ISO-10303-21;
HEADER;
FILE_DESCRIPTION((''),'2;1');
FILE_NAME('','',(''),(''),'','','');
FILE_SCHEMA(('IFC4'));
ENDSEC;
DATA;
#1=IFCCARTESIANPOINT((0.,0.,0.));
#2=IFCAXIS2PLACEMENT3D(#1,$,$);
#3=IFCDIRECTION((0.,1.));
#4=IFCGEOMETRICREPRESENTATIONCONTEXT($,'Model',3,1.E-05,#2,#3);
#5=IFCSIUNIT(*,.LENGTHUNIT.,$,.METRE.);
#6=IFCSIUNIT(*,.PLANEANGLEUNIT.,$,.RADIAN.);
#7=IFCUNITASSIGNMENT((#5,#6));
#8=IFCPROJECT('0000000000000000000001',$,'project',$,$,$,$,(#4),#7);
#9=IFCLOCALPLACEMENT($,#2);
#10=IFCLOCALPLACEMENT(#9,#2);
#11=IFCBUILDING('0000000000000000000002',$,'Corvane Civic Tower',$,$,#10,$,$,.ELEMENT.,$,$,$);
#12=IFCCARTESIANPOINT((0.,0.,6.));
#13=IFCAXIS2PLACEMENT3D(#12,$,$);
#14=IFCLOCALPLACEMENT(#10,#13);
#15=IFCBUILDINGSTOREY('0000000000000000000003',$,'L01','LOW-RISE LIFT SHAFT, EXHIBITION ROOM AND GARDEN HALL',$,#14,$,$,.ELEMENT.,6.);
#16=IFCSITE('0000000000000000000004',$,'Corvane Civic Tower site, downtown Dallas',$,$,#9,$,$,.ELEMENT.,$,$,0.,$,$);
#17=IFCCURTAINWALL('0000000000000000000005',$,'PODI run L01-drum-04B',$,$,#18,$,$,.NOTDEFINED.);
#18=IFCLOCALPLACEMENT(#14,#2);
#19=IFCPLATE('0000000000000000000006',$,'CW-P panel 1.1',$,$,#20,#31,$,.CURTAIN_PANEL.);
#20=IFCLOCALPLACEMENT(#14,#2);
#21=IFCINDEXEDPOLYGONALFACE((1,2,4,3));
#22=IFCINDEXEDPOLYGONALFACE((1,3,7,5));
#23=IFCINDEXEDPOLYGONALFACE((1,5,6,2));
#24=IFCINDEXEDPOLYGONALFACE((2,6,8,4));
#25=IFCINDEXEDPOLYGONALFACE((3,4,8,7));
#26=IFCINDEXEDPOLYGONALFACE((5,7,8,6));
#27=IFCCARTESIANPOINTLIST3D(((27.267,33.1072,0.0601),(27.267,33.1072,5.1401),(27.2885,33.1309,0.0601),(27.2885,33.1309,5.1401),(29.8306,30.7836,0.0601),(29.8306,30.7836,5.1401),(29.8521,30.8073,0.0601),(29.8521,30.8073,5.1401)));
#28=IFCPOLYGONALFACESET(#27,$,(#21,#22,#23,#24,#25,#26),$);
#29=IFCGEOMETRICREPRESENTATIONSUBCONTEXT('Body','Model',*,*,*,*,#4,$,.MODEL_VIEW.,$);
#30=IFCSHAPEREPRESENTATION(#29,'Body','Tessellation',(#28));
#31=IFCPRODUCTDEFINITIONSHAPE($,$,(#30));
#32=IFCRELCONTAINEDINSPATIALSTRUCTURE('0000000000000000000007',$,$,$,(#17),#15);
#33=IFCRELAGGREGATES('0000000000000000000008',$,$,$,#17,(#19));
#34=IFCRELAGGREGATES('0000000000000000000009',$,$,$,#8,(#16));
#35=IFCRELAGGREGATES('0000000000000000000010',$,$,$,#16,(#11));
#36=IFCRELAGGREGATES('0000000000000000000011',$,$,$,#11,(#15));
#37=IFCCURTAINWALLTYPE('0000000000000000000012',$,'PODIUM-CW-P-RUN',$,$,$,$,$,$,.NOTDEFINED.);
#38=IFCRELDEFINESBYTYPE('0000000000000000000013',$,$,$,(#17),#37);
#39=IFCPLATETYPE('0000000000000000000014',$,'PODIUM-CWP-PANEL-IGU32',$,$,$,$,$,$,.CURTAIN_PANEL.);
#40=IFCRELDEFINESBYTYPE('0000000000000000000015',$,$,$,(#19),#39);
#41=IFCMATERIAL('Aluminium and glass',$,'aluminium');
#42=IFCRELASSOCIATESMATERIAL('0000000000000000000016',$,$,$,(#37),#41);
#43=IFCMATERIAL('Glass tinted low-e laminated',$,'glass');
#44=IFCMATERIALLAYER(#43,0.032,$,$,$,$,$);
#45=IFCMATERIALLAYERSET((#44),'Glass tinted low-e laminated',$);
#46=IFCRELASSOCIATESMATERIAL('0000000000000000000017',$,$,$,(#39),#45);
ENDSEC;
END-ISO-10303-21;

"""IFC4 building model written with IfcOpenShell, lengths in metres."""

from ifc_helpers import new_model, si_unit, direction, frame, origin, origin_2d, place, context, subcontext, project, spatial, rectangle, extrude, material, layer, layer_set, type_object, element, aggregate, save


model = new_model("IFC4")

# Units and contexts
model_context = context("Model", 3, precision=1e-05, world=origin(), true_north=direction((0.0, 1.0)))
body_context = subcontext(model_context, "Body", "Model", "MODEL_VIEW")
ifc_project = project(units=[si_unit("LENGTHUNIT", "METRE"), si_unit("PLANEANGLEUNIT", "RADIAN")], contexts=[model_context])

# Site, building, storey
site_placement = place(None, origin())
site = spatial("IfcSite", under=ifc_project, at=site_placement, Name="Corvane Civic Tower site, downtown Dallas", CompositionType="ELEMENT", RefElevation=0.0)
building_placement = place(site_placement, origin())
building = spatial("IfcBuilding", under=site, at=building_placement, Name="Corvane Civic Tower", CompositionType="ELEMENT")
storey_placement = place(building_placement, frame((0.0, 0.0, 6.0)))
storey = spatial("IfcBuildingStorey", under=building, at=storey_placement, Name="L01", Description="LOW-RISE LIFT SHAFT, EXHIBITION ROOM AND GARDEN HALL", CompositionType="ELEMENT", Elevation=6.0)

# Shared definitions
ifc_material_1 = material(Name="Aluminium and glass", Category="aluminium")
curtain_wall_type = type_object("IfcCurtainWallType", Name="PODIUM-CW-P-RUN", PredefinedType="NOTDEFINED", material=ifc_material_1)

# Curtain wall
curtain_wall_1_placement = place(storey_placement, origin())
curtain_wall_1 = element("IfcCurtainWall", 1, at=curtain_wall_1_placement, inside=storey, type_object=curtain_wall_type, Name="PODI run L01-drum-04B", PredefinedType="NOTDEFINED")

# Plate
ifc_material_2 = material(Name="Glass tinted low-e laminated", Category="glass")
ifc_layer = layer(ifc_material_2, 0.032)
ifc_layer_set = layer_set([ifc_layer], Name="Glass tinted low-e laminated")
plate_type = type_object("IfcPlateType", Name="PODIUM-CWP-PANEL-IGU32", PredefinedType="CURTAIN_PANEL", material=ifc_layer_set)
plate_1_placement = place(storey_placement, frame((28.5596, 31.9573, 0.0601), z_axis=(0.0, 0.0, 1.0), x_axis=(0.740935, -0.671576, 0.0)))
plate_1 = element("IfcPlate", 2, at=plate_1_placement, type_object=plate_type, Name="CW-P panel 1.1", PredefinedType="CURTAIN_PANEL", context=body_context, shape_type="SweptSolid", body=[
    extrude(rectangle(XDim=3.46, YDim=0.032, at=origin_2d()), origin(), (0.0, 0.0, 1.0), 5.0801),
])
aggregate(curtain_wall_1, [plate_1])

save(model, "model.ifc")
